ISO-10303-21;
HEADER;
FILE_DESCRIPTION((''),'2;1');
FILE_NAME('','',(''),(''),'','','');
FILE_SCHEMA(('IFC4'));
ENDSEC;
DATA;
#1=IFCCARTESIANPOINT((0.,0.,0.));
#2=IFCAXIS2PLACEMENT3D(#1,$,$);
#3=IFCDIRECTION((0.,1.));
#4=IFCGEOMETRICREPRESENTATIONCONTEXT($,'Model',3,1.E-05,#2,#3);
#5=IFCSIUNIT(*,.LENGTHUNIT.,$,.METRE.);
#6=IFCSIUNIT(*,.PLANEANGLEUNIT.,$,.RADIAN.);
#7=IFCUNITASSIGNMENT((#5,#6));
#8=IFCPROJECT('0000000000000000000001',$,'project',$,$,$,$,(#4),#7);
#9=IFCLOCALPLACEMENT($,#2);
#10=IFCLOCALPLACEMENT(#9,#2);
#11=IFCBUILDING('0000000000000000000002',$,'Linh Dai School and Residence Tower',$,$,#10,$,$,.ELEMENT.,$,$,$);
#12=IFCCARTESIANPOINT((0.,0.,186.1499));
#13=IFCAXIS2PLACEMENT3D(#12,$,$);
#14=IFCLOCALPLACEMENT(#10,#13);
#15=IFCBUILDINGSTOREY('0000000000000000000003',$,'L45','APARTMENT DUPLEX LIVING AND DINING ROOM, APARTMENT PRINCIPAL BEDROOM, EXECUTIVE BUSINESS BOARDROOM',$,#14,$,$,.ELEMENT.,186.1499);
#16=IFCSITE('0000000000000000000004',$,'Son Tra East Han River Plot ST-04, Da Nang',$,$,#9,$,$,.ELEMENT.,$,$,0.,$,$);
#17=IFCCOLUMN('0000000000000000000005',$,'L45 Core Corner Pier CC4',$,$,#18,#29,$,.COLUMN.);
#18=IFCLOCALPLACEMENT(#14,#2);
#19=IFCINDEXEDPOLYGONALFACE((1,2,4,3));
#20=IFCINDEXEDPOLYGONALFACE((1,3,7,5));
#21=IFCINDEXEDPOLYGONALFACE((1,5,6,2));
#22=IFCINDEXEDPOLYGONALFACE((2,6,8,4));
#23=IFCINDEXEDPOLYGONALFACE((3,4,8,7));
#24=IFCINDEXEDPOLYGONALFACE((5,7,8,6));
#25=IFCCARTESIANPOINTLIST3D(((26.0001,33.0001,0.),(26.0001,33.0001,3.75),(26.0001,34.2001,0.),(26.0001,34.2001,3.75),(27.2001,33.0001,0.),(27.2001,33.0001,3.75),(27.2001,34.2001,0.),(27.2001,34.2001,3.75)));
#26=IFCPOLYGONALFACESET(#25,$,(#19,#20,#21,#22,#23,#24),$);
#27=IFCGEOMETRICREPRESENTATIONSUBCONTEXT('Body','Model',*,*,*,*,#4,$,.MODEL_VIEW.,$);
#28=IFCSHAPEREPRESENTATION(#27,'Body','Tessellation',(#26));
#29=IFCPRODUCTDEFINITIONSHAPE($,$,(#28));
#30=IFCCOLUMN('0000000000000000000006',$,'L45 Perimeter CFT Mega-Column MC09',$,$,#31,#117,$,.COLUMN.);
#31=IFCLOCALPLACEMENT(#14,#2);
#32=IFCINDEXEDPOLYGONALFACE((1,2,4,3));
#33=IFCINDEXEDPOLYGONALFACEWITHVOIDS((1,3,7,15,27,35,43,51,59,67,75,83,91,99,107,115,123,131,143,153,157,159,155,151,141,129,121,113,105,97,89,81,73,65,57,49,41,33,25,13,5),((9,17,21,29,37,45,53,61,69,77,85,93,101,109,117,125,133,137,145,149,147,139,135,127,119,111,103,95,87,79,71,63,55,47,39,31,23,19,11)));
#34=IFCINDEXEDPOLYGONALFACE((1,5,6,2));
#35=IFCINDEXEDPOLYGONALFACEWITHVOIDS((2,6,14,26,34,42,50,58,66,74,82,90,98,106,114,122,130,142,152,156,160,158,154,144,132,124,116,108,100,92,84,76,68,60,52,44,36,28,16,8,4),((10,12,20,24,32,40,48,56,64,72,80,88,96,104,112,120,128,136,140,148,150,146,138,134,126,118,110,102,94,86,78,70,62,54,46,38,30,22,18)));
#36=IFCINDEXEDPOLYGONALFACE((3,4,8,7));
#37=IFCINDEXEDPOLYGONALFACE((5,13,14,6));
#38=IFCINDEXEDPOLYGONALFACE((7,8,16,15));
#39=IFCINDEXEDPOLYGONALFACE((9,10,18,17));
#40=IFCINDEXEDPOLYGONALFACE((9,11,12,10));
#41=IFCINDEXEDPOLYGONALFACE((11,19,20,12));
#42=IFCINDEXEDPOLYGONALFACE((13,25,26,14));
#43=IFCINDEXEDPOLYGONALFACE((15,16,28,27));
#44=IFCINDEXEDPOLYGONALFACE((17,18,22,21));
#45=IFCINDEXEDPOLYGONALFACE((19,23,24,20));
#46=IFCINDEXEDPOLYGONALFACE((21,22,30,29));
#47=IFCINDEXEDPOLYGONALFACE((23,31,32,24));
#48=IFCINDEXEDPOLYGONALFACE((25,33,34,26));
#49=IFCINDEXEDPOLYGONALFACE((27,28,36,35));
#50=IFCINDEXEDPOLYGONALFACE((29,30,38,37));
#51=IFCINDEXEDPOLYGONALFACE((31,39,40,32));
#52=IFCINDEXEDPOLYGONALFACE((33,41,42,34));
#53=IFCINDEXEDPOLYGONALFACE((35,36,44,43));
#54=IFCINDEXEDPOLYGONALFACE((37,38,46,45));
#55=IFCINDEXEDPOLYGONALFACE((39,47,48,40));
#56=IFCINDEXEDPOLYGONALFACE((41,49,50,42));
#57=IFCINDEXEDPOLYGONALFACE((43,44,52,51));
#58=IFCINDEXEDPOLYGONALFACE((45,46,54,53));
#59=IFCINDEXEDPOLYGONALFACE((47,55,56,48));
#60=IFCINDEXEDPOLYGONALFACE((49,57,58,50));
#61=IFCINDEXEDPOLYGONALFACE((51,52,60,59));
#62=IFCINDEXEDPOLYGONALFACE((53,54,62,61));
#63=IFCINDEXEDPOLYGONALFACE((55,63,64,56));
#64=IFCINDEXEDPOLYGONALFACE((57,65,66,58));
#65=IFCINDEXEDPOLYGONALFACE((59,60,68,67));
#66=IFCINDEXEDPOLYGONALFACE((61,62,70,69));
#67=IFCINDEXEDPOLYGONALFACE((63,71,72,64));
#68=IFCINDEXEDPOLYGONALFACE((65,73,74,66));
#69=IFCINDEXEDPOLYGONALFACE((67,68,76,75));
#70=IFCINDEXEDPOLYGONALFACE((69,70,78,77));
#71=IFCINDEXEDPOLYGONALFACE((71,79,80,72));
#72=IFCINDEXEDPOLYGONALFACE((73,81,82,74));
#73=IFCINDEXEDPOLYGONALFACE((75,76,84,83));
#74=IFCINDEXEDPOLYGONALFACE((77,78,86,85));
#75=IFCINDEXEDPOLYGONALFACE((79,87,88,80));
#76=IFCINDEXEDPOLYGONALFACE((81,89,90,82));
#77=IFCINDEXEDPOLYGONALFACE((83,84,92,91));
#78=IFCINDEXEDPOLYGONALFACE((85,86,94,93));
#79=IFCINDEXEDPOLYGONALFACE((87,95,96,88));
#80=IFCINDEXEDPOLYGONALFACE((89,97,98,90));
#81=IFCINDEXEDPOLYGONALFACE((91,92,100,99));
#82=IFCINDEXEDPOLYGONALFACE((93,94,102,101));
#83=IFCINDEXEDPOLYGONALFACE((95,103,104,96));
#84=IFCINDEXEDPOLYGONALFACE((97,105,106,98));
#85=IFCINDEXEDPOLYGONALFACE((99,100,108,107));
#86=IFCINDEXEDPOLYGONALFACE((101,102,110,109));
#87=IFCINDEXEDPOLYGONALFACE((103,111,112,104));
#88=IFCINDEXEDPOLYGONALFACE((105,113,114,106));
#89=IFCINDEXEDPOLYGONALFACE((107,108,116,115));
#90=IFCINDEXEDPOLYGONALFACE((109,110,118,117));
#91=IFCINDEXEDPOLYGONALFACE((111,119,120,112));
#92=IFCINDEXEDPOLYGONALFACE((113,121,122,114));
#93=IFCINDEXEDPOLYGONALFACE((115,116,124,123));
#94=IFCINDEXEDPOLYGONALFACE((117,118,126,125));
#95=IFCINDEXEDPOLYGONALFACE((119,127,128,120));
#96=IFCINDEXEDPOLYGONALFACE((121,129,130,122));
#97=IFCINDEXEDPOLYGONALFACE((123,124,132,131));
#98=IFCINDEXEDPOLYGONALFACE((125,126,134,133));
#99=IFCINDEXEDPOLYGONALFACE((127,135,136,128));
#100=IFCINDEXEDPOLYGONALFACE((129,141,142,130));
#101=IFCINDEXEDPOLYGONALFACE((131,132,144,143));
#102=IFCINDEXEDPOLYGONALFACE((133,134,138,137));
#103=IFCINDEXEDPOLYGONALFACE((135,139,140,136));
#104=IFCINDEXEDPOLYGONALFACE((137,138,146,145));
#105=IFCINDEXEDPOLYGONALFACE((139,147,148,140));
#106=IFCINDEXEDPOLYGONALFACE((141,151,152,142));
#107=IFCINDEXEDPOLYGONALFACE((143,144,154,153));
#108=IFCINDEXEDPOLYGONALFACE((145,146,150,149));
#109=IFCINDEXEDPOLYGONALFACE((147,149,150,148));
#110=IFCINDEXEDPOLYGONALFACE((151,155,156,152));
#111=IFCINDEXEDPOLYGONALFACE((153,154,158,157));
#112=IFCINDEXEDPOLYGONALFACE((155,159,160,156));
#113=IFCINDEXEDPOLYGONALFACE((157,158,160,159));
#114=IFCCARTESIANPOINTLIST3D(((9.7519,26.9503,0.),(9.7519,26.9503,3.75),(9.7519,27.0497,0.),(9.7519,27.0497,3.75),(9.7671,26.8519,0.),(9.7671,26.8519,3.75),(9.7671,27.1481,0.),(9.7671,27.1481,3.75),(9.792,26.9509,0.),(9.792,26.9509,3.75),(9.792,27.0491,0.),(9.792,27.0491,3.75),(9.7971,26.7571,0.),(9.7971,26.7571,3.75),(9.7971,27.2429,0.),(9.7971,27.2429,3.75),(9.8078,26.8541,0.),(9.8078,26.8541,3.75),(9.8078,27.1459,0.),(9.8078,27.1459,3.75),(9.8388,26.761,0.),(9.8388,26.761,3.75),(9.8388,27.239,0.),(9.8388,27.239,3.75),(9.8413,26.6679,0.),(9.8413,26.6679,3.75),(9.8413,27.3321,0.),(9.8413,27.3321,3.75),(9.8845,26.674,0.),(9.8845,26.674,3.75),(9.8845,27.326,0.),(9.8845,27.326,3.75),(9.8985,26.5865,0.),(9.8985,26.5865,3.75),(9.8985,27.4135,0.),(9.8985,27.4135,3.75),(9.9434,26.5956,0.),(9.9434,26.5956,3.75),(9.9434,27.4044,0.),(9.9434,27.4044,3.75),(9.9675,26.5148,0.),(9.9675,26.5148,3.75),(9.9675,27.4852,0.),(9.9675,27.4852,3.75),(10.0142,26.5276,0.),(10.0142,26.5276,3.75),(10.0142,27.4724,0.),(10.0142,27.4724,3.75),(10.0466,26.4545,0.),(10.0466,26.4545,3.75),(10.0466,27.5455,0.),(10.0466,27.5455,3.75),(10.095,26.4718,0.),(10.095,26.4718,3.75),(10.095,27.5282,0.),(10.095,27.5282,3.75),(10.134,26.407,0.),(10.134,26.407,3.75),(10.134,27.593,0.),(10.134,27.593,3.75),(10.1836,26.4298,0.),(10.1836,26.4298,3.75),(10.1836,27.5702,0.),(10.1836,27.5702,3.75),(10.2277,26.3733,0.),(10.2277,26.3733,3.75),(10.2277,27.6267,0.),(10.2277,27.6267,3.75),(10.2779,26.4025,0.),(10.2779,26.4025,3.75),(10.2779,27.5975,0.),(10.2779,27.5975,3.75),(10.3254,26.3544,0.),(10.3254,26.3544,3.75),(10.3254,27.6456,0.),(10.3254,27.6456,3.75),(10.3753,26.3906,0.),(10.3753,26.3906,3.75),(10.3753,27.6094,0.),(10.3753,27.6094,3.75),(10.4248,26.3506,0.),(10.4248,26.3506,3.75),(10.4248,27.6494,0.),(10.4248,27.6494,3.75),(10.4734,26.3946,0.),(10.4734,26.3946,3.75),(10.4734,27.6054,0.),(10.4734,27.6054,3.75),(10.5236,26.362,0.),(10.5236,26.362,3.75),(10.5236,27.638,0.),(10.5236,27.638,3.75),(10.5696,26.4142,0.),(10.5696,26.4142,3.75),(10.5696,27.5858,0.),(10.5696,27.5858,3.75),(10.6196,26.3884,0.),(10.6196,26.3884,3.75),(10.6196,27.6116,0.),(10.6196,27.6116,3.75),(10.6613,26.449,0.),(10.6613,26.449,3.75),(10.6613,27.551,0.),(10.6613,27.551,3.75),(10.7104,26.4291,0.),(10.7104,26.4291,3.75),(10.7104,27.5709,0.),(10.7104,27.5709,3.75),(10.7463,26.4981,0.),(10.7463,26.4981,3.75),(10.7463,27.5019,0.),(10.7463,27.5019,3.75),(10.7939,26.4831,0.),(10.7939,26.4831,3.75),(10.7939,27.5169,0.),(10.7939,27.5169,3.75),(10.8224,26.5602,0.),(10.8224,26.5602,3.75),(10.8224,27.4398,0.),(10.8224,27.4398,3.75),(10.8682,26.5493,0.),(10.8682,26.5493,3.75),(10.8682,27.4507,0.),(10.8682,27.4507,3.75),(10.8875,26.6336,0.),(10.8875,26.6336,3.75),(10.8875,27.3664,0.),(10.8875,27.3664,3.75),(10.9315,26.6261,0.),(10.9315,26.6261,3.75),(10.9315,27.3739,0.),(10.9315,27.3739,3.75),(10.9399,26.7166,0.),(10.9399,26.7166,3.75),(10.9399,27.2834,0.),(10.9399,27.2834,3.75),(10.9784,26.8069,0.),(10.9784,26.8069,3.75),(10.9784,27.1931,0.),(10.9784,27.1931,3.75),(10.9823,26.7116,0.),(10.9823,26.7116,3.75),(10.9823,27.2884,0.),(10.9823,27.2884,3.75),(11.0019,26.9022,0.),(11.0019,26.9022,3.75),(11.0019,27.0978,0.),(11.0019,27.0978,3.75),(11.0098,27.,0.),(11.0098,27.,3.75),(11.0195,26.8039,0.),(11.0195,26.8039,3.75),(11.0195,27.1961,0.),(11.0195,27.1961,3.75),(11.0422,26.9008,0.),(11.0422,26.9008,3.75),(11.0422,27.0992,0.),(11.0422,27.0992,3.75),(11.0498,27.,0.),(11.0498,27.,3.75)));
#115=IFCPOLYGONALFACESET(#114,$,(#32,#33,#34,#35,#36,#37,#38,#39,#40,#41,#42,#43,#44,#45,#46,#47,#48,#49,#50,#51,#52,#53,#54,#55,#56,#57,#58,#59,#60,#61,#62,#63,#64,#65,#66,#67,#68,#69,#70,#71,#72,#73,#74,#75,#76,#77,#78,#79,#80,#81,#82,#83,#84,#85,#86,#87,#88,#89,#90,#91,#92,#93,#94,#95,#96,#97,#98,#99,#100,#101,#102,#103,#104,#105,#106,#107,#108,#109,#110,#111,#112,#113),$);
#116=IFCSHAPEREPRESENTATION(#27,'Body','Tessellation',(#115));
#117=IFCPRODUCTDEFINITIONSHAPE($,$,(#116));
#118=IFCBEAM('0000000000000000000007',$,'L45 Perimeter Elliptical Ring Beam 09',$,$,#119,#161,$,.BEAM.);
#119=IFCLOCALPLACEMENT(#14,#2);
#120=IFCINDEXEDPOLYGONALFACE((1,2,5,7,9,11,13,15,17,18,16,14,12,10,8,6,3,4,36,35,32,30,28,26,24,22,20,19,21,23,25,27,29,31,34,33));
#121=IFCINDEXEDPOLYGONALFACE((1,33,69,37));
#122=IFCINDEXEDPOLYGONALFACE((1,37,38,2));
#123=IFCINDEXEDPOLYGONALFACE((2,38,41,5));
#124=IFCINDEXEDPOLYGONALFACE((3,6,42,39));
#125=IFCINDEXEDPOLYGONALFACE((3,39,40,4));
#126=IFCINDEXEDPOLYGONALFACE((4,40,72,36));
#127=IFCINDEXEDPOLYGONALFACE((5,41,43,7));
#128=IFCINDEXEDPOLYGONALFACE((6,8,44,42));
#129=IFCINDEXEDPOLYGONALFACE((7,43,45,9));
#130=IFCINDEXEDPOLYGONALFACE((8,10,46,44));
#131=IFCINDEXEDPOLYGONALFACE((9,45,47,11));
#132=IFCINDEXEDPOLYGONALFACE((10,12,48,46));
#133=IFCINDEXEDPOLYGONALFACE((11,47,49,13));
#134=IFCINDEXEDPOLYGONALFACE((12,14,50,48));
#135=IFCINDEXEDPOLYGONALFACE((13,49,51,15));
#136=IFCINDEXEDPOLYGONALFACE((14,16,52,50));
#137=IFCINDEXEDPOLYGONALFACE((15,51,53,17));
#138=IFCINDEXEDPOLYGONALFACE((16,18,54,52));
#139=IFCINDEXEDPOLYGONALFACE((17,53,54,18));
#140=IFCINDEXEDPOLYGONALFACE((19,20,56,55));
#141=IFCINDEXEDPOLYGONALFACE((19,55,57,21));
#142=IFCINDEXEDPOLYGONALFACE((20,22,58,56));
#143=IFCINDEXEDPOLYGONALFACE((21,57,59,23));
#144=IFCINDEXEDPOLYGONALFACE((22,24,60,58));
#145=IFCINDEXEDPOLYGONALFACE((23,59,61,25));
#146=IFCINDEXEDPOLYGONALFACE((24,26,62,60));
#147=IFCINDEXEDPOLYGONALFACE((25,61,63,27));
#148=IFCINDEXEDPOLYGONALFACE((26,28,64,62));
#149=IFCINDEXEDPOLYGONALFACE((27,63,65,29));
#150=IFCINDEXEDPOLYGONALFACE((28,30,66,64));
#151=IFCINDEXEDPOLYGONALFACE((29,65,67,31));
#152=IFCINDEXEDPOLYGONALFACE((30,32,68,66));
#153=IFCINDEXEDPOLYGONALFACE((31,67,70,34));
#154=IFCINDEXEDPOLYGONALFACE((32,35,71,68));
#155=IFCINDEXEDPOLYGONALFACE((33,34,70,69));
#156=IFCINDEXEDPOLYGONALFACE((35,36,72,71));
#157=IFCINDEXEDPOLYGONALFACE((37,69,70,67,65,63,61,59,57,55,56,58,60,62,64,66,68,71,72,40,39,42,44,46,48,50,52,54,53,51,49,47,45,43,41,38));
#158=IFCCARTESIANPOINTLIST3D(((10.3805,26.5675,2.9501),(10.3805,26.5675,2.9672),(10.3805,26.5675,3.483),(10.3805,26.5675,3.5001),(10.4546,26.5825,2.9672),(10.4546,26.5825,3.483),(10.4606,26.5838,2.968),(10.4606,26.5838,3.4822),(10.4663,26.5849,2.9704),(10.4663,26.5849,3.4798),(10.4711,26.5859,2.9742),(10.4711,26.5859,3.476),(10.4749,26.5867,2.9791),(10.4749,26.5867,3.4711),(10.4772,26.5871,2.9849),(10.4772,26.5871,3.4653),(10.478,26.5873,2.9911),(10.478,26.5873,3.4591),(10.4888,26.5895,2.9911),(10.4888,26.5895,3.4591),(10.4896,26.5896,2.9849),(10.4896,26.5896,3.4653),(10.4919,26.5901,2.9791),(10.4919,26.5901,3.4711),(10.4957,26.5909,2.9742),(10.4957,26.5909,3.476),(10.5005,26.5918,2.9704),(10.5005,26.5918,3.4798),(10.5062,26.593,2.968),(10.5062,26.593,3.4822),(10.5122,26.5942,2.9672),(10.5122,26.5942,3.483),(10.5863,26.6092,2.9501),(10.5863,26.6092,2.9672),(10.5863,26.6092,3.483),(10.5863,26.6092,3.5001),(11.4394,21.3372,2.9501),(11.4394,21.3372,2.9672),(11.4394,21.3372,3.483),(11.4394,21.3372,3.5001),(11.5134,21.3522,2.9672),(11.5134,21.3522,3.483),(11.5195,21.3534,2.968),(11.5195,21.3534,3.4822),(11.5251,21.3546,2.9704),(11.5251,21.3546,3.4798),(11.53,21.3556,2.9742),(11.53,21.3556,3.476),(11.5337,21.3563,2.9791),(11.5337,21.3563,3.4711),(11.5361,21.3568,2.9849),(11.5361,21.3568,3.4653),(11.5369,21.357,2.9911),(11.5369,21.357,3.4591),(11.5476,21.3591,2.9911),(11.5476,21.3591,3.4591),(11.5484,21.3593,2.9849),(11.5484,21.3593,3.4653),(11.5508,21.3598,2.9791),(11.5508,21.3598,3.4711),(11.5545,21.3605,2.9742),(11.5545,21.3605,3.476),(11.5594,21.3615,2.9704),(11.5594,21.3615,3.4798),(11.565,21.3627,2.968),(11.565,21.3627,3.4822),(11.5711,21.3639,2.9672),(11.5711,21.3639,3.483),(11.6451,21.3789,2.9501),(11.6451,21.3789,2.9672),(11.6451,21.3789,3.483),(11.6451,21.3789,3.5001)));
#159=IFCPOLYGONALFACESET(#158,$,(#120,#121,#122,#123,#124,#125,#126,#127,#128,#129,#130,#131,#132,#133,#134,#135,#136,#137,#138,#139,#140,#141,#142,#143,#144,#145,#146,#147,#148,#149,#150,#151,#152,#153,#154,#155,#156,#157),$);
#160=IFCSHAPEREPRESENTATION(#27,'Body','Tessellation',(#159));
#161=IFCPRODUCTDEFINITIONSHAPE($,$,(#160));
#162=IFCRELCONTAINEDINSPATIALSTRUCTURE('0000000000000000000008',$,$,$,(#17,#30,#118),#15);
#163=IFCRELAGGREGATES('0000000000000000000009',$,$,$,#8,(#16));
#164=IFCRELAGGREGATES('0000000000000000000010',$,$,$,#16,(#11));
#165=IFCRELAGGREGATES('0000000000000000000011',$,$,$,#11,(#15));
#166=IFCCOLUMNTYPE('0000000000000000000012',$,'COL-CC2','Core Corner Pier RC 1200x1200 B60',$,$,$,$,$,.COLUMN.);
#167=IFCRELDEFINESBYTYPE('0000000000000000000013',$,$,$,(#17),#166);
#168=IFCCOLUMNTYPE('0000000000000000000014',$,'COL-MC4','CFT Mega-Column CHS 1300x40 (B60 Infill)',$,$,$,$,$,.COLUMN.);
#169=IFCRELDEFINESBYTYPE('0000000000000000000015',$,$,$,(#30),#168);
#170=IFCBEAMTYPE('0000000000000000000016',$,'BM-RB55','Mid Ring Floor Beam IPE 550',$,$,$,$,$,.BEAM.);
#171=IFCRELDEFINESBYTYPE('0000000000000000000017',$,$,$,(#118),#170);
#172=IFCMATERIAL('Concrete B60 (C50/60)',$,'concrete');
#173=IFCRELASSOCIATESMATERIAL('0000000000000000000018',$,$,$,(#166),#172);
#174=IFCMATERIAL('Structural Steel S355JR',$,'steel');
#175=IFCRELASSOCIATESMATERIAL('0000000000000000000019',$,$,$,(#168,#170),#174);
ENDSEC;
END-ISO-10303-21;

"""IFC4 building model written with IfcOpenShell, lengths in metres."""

from ifc_helpers import new_model, si_unit, direction, frame, origin, origin_2d, place, context, subcontext, project, spatial, rectangle, hollow_circle, i_section, extrude, material, material_profile, profile_set, type_object, element, save


model = new_model("IFC4")

# Units and contexts
model_context = context("Model", 3, precision=1e-05, world=origin(), true_north=direction((0.0, 1.0)))
body_context = subcontext(model_context, "Body", "Model", "MODEL_VIEW")
ifc_project = project(units=[si_unit("LENGTHUNIT", "METRE"), si_unit("PLANEANGLEUNIT", "RADIAN")], contexts=[model_context])

# Site, building, storey
site_placement = place(None, origin())
site = spatial("IfcSite", under=ifc_project, at=site_placement, Name="Son Tra East Han River Plot ST-04, Da Nang", CompositionType="ELEMENT", RefElevation=0.0)
building_placement = place(site_placement, origin())
building = spatial("IfcBuilding", under=site, at=building_placement, Name="Linh Dai School and Residence Tower", CompositionType="ELEMENT")
storey_placement = place(building_placement, frame((0.0, 0.0, 186.1499)))
storey = spatial("IfcBuildingStorey", under=building, at=storey_placement, Name="L45", Description="APARTMENT DUPLEX LIVING AND DINING ROOM, APARTMENT PRINCIPAL BEDROOM, EXECUTIVE BUSINESS BOARDROOM", CompositionType="ELEMENT", Elevation=186.1499)

# Columns
ifc_material_1 = material(Name="Concrete B60 (C50/60)", Category="concrete")
ifc_material_profile_1 = material_profile(ifc_material_1, rectangle(XDim=1.2, YDim=1.2, at=origin_2d()), Name="RC 1200x1200")
ifc_profile_set_1 = profile_set([ifc_material_profile_1], Name="Concrete B60 (C50/60)")
column_type_1 = type_object("IfcColumnType", Name="COL-CC2", Description="Core Corner Pier RC 1200x1200 B60", PredefinedType="COLUMN", material=ifc_profile_set_1)
column_1_placement = place(storey_placement, frame((26.6001, 33.6001, 0.0), z_axis=(0.0, 0.0, 1.0), x_axis=(1.0, 0.0, 0.0)))
element("IfcColumn", 1, at=column_1_placement, inside=storey, type_object=column_type_1, Name="L45 Core Corner Pier CC4", PredefinedType="COLUMN", context=body_context, shape_type="SweptSolid", body=[
    extrude(rectangle(XDim=1.2, YDim=1.2, at=origin_2d()), origin(), (0.0, 0.0, 1.0), 3.75),
])
ifc_material_2 = material(Name="Structural Steel S355JR", Category="steel")
ifc_material_profile_2 = material_profile(ifc_material_2, hollow_circle(Radius=0.6499, WallThickness=0.04, at=origin_2d()), Name="CHS 1300x40")
ifc_profile_set_2 = profile_set([ifc_material_profile_2], Name="Structural Steel S355JR")
column_type_2 = type_object("IfcColumnType", Name="COL-MC4", Description="CFT Mega-Column CHS 1300x40 (B60 Infill)", PredefinedType="COLUMN", material=ifc_profile_set_2)
column_2_placement = place(storey_placement, frame((10.3999, 27.0, 0.0), z_axis=(0.0, 0.0, 1.0), x_axis=(1.0, 0.0, 0.0)))
element("IfcColumn", 2, at=column_2_placement, inside=storey, type_object=column_type_2, Name="L45 Perimeter CFT Mega-Column MC09", PredefinedType="COLUMN", context=body_context, shape_type="SweptSolid", body=[
    extrude(hollow_circle(Radius=0.6499, WallThickness=0.04, at=origin_2d()), origin(), (0.0, 0.0, 1.0), 3.75),
])

# Beam
ifc_material_profile_3 = material_profile(ifc_material_2, i_section(OverallWidth=0.21, OverallDepth=0.55, WebThickness=0.011, FlangeThickness=0.0171, FilletRadius=0.0239, at=origin_2d()), Name="IPE 550")
ifc_profile_set_3 = profile_set([ifc_material_profile_3], Name="Structural Steel S355JR")
beam_type_1 = type_object("IfcBeamType", Name="BM-RB55", Description="Mid Ring Floor Beam IPE 550", PredefinedType="BEAM", material=ifc_profile_set_3)
beam_1_placement = place(storey_placement, frame((10.4834, 26.5884, 3.2251), z_axis=(0.198421, -0.980117, 0.0), x_axis=(0.980117, 0.198421, 0.0)))
element("IfcBeam", 3, at=beam_1_placement, inside=storey, type_object=beam_type_1, Name="L45 Perimeter Elliptical Ring Beam 09", PredefinedType="BEAM", context=body_context, shape_type="SweptSolid", body=[
    extrude(i_section(OverallWidth=0.21, OverallDepth=0.55, WebThickness=0.011, FlangeThickness=0.0171, FilletRadius=0.0239, at=origin_2d()), origin(), (0.0, 0.0, 1.0), 5.3364),
])

save(model, "model.ifc")
